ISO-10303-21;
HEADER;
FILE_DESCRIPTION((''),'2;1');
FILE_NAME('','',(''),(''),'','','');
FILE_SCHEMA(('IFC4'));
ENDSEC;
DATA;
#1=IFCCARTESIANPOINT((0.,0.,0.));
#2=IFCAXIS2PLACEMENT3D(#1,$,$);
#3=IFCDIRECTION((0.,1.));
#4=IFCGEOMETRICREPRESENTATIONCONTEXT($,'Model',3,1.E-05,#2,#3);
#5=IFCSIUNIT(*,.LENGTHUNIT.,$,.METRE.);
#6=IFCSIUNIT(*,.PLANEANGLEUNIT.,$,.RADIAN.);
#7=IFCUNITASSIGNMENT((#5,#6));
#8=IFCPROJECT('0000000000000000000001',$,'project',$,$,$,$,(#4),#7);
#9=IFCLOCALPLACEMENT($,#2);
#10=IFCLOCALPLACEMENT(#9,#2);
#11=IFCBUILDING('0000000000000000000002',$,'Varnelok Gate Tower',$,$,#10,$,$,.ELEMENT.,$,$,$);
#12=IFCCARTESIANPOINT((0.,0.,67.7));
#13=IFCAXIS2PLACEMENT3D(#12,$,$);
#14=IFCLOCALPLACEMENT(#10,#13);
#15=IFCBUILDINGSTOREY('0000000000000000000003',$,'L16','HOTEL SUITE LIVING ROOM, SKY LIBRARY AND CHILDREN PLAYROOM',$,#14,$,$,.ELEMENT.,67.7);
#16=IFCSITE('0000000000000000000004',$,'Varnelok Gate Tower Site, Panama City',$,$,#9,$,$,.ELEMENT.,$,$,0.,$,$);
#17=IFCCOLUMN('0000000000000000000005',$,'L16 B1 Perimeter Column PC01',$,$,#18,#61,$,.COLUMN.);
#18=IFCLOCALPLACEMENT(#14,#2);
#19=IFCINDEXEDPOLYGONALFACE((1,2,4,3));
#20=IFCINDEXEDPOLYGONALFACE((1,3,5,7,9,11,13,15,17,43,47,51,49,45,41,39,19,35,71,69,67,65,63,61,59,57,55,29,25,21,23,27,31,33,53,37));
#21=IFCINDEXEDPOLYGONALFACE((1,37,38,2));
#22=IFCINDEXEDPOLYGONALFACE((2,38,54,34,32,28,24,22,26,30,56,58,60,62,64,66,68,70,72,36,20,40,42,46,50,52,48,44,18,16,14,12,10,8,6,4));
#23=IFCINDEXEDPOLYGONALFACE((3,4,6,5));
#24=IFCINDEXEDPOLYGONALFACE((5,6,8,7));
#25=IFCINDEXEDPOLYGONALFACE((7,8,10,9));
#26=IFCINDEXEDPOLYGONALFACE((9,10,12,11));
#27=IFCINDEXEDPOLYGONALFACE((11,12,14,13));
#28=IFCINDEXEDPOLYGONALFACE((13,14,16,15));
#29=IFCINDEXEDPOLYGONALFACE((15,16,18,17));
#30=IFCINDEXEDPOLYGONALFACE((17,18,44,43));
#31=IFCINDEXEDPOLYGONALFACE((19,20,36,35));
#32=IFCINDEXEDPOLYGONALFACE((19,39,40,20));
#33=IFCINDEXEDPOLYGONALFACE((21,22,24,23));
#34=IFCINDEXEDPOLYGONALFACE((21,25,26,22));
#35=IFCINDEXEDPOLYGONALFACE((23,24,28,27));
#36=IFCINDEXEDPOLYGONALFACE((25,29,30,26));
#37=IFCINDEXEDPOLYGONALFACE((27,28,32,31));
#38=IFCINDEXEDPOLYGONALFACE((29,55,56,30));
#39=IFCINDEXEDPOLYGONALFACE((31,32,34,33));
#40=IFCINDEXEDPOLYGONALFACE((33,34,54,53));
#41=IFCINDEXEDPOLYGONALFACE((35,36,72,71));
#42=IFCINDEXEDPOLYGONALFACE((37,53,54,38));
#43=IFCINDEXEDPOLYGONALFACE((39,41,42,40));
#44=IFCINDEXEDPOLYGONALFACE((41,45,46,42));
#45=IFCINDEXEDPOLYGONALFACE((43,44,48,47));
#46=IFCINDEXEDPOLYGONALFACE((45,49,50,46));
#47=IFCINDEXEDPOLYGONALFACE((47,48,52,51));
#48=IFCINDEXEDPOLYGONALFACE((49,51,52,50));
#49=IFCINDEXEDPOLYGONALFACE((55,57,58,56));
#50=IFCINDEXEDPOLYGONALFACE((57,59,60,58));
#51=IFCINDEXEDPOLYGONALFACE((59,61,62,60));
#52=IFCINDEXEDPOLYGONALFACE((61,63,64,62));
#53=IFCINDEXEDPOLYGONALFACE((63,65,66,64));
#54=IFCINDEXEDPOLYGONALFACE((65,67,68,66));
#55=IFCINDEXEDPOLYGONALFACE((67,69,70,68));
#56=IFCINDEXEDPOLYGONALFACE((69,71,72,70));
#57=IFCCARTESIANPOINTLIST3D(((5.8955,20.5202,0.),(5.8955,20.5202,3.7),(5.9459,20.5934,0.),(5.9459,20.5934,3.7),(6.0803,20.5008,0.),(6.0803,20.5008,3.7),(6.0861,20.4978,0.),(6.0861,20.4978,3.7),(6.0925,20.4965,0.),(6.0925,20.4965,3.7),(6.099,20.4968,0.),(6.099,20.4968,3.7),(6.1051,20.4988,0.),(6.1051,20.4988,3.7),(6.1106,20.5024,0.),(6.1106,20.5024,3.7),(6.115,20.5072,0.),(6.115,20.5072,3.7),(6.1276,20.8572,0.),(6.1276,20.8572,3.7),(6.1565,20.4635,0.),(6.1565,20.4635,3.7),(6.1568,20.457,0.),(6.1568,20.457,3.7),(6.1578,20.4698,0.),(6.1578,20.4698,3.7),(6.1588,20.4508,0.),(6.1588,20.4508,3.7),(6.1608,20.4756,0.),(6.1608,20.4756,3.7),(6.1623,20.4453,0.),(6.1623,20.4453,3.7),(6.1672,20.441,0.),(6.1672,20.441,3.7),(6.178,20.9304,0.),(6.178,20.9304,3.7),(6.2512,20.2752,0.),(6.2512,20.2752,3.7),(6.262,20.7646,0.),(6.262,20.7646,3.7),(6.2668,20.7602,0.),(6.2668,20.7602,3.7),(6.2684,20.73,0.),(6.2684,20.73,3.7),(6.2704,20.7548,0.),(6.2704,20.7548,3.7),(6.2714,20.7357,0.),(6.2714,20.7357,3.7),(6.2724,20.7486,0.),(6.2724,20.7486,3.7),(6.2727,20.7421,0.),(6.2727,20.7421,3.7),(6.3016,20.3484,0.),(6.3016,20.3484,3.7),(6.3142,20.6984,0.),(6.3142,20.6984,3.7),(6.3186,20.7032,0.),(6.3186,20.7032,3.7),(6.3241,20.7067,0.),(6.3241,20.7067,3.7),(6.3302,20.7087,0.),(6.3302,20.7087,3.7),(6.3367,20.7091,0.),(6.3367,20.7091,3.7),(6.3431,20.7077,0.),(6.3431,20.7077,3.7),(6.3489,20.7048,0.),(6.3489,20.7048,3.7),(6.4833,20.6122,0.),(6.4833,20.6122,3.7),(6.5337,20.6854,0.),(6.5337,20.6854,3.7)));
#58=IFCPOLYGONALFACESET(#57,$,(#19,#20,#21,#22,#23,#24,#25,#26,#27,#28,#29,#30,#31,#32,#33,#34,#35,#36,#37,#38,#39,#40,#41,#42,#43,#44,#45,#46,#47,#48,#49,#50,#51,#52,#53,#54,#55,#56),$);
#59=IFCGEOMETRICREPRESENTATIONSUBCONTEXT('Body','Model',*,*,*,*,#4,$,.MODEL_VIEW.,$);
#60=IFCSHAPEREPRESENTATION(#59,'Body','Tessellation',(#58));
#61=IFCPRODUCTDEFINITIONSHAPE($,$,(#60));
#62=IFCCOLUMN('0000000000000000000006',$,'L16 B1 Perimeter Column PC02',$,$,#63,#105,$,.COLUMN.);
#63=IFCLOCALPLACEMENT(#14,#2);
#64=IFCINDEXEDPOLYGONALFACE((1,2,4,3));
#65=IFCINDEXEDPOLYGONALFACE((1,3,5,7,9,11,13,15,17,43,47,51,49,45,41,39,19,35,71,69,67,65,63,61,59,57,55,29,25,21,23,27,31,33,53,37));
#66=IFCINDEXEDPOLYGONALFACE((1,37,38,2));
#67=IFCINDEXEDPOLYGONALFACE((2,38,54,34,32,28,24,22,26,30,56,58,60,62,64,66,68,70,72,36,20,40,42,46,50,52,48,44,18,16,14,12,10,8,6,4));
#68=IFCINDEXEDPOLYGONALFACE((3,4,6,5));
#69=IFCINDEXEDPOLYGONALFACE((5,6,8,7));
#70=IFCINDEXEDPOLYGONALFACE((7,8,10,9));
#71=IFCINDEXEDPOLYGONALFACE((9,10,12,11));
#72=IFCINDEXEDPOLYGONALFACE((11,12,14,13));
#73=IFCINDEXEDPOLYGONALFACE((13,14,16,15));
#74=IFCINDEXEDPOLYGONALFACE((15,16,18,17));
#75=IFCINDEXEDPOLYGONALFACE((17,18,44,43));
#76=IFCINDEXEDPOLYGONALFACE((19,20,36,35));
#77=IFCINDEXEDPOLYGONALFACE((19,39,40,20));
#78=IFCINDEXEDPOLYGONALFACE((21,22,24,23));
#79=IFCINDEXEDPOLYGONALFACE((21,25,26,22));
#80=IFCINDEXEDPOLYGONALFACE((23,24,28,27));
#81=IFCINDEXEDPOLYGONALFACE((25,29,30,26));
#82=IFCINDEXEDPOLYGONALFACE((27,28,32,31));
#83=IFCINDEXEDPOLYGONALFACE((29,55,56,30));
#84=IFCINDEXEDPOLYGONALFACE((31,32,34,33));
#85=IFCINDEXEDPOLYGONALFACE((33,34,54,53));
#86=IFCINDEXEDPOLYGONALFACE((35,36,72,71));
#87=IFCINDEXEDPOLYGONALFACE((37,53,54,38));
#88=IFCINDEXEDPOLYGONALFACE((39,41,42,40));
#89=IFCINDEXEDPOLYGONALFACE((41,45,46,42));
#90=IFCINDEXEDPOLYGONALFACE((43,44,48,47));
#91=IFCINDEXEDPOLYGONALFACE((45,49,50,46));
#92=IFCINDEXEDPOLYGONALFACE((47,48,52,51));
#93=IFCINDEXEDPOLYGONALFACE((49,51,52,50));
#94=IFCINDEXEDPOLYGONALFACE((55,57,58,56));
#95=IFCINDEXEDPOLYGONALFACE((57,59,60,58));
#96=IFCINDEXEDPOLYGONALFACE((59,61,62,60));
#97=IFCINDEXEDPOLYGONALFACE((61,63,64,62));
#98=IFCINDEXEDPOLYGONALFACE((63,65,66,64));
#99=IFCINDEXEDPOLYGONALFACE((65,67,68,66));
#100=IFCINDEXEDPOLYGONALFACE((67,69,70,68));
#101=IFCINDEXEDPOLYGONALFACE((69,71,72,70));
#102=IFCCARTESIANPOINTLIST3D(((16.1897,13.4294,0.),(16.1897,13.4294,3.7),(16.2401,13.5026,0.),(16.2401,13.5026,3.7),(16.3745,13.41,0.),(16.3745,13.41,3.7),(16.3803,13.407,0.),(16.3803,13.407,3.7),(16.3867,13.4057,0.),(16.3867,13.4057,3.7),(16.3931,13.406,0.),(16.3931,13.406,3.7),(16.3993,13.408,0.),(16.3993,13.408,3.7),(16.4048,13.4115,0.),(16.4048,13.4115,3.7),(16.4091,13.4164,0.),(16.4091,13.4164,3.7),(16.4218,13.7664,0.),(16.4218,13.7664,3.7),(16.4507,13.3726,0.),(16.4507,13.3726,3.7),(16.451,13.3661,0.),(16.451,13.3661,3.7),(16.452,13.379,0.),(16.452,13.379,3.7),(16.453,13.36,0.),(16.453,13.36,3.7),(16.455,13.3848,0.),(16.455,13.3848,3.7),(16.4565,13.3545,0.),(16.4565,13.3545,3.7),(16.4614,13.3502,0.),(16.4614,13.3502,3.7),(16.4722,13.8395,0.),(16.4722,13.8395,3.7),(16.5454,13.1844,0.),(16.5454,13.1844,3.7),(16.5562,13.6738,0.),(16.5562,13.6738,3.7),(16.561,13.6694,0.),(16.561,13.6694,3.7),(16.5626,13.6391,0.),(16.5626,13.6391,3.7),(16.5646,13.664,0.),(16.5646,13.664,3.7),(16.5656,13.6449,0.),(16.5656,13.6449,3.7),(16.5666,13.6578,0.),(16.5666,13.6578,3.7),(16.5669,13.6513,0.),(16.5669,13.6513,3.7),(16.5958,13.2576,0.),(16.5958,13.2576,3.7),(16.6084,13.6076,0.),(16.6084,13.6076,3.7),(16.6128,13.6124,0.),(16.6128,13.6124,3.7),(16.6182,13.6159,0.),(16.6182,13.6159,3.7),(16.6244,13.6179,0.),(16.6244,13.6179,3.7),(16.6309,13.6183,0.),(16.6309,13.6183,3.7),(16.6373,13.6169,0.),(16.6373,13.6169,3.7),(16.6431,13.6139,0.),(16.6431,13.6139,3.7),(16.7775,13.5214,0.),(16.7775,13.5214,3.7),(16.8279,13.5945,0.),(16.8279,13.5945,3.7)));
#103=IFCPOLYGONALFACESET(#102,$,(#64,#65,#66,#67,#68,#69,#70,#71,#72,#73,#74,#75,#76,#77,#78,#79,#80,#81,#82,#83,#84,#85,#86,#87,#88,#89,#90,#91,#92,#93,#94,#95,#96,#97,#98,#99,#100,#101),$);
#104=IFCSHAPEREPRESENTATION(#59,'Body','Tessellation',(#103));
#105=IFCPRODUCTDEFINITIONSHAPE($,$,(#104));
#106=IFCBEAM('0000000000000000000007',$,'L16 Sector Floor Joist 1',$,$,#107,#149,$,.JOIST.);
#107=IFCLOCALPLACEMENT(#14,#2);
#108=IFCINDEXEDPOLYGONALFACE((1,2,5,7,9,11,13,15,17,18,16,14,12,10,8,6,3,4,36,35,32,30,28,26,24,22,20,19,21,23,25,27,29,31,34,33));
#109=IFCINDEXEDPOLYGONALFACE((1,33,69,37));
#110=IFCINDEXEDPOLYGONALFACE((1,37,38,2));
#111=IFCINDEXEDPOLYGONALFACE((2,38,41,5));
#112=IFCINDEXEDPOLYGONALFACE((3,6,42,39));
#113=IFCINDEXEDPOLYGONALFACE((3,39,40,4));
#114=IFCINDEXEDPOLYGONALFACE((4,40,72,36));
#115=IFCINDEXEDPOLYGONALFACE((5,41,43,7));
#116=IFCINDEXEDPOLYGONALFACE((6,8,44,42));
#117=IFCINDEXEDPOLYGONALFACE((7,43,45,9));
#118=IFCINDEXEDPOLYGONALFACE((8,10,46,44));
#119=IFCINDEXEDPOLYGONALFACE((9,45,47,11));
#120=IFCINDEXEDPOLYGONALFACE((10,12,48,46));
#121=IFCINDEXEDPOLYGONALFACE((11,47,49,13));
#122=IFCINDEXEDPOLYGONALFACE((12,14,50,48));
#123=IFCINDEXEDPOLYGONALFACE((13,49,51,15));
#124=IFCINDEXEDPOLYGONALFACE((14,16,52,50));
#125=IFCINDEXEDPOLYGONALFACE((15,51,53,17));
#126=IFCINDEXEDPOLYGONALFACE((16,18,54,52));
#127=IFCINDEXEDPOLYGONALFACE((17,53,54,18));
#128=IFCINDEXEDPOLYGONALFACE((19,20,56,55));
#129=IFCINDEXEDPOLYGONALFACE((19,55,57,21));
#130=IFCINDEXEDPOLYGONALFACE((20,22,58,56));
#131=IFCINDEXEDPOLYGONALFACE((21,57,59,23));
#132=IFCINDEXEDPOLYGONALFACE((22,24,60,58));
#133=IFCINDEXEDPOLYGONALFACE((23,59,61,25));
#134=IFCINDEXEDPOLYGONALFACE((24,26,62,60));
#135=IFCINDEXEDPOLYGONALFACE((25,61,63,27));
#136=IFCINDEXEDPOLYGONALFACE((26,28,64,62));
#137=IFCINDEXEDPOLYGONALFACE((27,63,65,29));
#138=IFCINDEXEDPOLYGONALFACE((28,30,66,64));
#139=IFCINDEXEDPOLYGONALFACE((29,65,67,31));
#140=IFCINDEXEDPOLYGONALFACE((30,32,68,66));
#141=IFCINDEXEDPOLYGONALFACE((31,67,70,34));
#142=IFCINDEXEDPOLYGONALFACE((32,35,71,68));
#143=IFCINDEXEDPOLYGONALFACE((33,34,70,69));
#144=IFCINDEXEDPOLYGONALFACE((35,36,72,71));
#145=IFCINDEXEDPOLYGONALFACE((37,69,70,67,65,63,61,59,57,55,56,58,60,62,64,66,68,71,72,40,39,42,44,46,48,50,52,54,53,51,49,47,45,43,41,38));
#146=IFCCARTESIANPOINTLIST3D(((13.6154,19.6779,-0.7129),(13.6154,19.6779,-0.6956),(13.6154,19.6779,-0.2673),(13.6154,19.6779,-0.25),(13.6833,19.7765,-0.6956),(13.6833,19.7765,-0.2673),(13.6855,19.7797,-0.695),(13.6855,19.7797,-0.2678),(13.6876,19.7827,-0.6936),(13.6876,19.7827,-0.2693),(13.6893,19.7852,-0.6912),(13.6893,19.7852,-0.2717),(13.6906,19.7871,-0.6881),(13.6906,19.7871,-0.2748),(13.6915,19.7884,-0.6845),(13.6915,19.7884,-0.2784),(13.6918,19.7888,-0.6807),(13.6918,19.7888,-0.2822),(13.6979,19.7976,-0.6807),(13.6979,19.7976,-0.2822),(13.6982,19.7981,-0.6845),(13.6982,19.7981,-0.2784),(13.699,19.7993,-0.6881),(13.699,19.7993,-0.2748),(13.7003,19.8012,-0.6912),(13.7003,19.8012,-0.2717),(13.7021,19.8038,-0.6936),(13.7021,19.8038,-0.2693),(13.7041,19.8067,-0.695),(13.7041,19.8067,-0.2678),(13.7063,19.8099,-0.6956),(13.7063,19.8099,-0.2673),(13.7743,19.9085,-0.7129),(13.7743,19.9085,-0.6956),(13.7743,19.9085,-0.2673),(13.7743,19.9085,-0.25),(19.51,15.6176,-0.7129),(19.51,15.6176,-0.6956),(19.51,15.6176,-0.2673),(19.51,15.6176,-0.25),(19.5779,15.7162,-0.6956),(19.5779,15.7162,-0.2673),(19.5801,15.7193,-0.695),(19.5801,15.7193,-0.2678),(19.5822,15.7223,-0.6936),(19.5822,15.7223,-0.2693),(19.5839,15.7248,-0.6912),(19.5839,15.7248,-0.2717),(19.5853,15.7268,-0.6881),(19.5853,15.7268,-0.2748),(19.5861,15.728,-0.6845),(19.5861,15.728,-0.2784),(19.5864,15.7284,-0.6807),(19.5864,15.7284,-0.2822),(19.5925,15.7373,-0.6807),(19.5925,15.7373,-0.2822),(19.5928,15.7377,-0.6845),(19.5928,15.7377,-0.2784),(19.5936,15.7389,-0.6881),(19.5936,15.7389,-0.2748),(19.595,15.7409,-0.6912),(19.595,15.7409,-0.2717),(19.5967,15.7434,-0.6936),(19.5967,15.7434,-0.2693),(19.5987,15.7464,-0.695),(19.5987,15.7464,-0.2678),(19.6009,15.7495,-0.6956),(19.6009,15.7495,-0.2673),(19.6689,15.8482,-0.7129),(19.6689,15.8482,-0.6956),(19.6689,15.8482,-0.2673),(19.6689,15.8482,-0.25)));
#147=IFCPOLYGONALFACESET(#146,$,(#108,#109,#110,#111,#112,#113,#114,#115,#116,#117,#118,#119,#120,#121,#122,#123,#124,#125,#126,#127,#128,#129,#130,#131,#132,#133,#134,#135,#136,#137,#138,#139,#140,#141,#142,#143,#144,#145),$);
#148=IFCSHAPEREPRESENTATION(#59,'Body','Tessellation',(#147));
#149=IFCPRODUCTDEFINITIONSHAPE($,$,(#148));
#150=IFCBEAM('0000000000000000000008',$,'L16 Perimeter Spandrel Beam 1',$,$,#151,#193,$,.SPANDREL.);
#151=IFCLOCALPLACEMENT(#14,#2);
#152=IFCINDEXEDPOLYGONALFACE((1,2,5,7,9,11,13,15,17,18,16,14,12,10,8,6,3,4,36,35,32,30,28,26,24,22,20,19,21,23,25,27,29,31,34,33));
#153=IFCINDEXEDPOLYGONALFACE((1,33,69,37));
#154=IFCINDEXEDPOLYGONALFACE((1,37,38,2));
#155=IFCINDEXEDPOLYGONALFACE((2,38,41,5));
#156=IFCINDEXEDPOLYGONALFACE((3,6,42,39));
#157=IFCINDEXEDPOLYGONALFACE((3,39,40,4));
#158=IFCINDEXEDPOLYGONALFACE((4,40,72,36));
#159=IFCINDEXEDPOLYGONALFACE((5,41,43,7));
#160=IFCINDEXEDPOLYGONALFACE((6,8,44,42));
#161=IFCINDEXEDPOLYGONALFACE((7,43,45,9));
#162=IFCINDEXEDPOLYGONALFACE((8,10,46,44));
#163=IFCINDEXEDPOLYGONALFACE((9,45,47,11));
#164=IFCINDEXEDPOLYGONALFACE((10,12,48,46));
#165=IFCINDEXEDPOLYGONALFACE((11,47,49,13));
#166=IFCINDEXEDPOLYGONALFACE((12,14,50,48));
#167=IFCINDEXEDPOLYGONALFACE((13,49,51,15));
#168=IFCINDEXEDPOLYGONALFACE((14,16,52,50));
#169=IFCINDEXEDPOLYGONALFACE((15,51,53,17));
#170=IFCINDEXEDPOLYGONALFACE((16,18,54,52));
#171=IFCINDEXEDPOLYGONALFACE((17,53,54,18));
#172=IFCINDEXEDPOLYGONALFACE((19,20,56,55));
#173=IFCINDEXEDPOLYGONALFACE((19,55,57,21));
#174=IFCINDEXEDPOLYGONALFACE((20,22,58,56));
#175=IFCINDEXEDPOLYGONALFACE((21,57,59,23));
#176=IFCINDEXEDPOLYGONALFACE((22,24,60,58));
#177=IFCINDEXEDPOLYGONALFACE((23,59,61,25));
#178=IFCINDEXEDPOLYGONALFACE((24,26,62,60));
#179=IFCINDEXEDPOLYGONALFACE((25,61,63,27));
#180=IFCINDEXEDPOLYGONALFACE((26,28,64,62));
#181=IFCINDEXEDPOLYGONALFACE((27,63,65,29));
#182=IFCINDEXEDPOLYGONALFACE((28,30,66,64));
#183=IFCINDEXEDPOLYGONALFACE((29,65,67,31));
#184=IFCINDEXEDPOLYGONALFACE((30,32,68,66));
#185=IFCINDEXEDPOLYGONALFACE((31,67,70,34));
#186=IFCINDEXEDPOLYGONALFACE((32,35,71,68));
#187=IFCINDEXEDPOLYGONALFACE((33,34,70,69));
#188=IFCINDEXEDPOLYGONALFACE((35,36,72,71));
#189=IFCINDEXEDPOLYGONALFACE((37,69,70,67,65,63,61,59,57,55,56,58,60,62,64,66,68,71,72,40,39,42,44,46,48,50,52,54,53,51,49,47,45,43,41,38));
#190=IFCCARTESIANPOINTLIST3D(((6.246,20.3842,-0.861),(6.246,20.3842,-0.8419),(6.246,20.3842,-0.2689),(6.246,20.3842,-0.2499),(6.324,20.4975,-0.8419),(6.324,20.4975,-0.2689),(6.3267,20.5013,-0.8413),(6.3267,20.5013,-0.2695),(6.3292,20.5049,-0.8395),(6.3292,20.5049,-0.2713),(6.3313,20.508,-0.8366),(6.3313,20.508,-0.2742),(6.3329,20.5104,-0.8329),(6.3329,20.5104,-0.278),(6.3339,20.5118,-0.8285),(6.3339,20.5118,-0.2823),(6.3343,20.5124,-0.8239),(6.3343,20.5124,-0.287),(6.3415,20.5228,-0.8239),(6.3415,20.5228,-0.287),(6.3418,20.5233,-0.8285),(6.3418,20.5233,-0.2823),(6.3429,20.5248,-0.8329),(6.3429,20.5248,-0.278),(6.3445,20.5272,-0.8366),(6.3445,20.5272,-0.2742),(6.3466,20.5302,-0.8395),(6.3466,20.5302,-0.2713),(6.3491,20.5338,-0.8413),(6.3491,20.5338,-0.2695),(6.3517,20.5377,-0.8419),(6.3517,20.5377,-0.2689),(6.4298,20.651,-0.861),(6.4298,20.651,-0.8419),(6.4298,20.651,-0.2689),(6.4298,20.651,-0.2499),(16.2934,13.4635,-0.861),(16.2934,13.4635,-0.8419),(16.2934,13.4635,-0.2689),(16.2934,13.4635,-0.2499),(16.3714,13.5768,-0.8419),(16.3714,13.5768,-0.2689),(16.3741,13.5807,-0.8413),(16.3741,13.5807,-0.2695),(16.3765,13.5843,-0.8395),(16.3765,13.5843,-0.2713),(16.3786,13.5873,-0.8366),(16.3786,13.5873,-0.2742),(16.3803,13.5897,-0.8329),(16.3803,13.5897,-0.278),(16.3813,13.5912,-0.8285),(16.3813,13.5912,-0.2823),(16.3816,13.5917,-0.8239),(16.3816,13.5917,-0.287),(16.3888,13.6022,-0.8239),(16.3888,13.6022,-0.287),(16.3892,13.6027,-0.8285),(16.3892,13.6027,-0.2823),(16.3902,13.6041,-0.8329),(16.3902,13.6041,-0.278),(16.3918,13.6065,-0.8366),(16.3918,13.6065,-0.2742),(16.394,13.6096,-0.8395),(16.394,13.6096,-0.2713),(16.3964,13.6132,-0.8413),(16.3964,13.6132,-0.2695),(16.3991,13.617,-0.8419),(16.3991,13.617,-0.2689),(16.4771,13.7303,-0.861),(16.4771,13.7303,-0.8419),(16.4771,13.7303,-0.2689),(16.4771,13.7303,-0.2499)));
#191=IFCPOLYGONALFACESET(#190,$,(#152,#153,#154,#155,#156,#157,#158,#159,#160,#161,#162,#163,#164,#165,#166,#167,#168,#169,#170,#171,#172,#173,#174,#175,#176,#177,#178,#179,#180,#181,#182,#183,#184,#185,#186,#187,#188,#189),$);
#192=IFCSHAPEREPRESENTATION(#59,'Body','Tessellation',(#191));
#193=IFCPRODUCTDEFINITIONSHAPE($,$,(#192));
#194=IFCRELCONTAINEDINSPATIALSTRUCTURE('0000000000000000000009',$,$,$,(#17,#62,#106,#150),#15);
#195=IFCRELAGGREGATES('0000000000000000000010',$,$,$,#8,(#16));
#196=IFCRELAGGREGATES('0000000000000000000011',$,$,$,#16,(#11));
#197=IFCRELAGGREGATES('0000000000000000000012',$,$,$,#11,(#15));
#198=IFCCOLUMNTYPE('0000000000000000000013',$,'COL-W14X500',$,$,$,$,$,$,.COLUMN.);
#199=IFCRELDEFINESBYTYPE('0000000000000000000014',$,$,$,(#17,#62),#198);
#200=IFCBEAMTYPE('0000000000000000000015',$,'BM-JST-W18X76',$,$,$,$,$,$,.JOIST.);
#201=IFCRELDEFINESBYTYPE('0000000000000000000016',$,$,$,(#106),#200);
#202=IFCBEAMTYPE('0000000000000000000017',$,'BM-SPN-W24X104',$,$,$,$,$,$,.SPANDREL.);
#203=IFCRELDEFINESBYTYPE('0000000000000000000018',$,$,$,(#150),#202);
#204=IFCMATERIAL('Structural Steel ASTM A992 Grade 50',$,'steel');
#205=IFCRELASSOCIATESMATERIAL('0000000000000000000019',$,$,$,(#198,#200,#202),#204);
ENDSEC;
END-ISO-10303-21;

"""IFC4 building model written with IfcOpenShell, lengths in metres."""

from ifc_helpers import new_model, si_unit, direction, frame, origin, origin_2d, place, context, subcontext, project, spatial, i_section, extrude, material, material_profile, profile_set, type_object, element, save


model = new_model("IFC4")

# Units and contexts
model_context = context("Model", 3, precision=1e-05, world=origin(), true_north=direction((0.0, 1.0)))
body_context = subcontext(model_context, "Body", "Model", "MODEL_VIEW")
ifc_project = project(units=[si_unit("LENGTHUNIT", "METRE"), si_unit("PLANEANGLEUNIT", "RADIAN")], contexts=[model_context])

# Site, building, storey
site_placement = place(None, origin())
site = spatial("IfcSite", under=ifc_project, at=site_placement, Name="Varnelok Gate Tower Site, Panama City", CompositionType="ELEMENT", RefElevation=0.0)
building_placement = place(site_placement, origin())
building = spatial("IfcBuilding", under=site, at=building_placement, Name="Varnelok Gate Tower", CompositionType="ELEMENT")
storey_placement = place(building_placement, frame((0.0, 0.0, 67.7)))
storey = spatial("IfcBuildingStorey", under=building, at=storey_placement, Name="L16", Description="HOTEL SUITE LIVING ROOM, SKY LIBRARY AND CHILDREN PLAYROOM", CompositionType="ELEMENT", Elevation=67.7)

# Columns
ifc_material_1 = material(Name="Structural Steel ASTM A992 Grade 50", Category="steel")
ifc_material_profile_1 = material_profile(ifc_material_1, i_section(OverallWidth=0.4319, OverallDepth=0.498, WebThickness=0.0557, FlangeThickness=0.0889, FilletRadius=0.0249, at=origin_2d()), Name="W14X500")
ifc_profile_set_1 = profile_set([ifc_material_profile_1], Name="Structural Steel ASTM A992 Grade 50")
column_type = type_object("IfcColumnType", Name="COL-W14X500", PredefinedType="COLUMN", material=ifc_profile_set_1)
for number, where, z_axis, x_axis, name in (
    (1, (6.2146, 20.6028, 0.0), (0.0, 0.0, 1.0), (0.823533, -0.567269, 0.0), "L16 B1 Perimeter Column PC01"),
    (2, (16.5088, 13.512, 0.0), (0.0, 0.0, 1.0), (0.823533, -0.567269, 0.0), "L16 B1 Perimeter Column PC02"),
):
    element("IfcColumn", number, at=place(storey_placement, frame(where, z_axis=z_axis, x_axis=x_axis)), inside=storey, type_object=column_type, Name=name, PredefinedType="COLUMN", context=body_context, shape_type="SweptSolid", body=[
        extrude(i_section(OverallWidth=0.4319, OverallDepth=0.498, WebThickness=0.0557, FlangeThickness=0.0889, FilletRadius=0.0249, at=origin_2d()), origin(), (0.0, 0.0, 1.0), 3.7),
    ])

# Beams
ifc_material_profile_2 = material_profile(ifc_material_1, i_section(OverallWidth=0.28, OverallDepth=0.4629, WebThickness=0.0107, FlangeThickness=0.0173, FilletRadius=0.0149, at=origin_2d()), Name="W18X76")
ifc_profile_set_2 = profile_set([ifc_material_profile_2], Name="Structural Steel ASTM A992 Grade 50")
beam_type_1 = type_object("IfcBeamType", Name="BM-JST-W18X76", PredefinedType="JOIST", material=ifc_profile_set_2)
beam_1_placement = place(storey_placement, frame((13.6948, 19.7932, -0.4814), z_axis=(0.823532, -0.56727, 0.0), x_axis=(0.56727, 0.823532, 0.0)))
element("IfcBeam", 3, at=beam_1_placement, inside=storey, type_object=beam_type_1, Name="L16 Sector Floor Joist 1", PredefinedType="JOIST", context=body_context, shape_type="SweptSolid", body=[
    extrude(i_section(OverallWidth=0.28, OverallDepth=0.4629, WebThickness=0.0107, FlangeThickness=0.0173, FilletRadius=0.0149, at=origin_2d()), origin(), (0.0, 0.0, 1.0), 7.1577),
])
ifc_material_profile_3 = material_profile(ifc_material_1, i_section(OverallWidth=0.324, OverallDepth=0.6111, WebThickness=0.0127, FlangeThickness=0.019, FilletRadius=0.0181, at=origin_2d()), Name="W24X104")
ifc_profile_set_3 = profile_set([ifc_material_profile_3], Name="Structural Steel ASTM A992 Grade 50")
beam_type_2 = type_object("IfcBeamType", Name="BM-SPN-W24X104", PredefinedType="SPANDREL", material=ifc_profile_set_3)
beam_2_placement = place(storey_placement, frame((6.3379, 20.5176, -0.5554), z_axis=(0.823541, -0.567257, 0.0), x_axis=(0.567257, 0.823541, 0.0)))
element("IfcBeam", 4, at=beam_2_placement, inside=storey, type_object=beam_type_2, Name="L16 Perimeter Spandrel Beam 1", PredefinedType="SPANDREL", context=body_context, shape_type="SweptSolid", body=[
    extrude(i_section(OverallWidth=0.324, OverallDepth=0.6111, WebThickness=0.0127, FlangeThickness=0.019, FilletRadius=0.0181, at=origin_2d()), origin(), (0.0, 0.0, 1.0), 12.2002),
])

save(model, "model.ifc")
